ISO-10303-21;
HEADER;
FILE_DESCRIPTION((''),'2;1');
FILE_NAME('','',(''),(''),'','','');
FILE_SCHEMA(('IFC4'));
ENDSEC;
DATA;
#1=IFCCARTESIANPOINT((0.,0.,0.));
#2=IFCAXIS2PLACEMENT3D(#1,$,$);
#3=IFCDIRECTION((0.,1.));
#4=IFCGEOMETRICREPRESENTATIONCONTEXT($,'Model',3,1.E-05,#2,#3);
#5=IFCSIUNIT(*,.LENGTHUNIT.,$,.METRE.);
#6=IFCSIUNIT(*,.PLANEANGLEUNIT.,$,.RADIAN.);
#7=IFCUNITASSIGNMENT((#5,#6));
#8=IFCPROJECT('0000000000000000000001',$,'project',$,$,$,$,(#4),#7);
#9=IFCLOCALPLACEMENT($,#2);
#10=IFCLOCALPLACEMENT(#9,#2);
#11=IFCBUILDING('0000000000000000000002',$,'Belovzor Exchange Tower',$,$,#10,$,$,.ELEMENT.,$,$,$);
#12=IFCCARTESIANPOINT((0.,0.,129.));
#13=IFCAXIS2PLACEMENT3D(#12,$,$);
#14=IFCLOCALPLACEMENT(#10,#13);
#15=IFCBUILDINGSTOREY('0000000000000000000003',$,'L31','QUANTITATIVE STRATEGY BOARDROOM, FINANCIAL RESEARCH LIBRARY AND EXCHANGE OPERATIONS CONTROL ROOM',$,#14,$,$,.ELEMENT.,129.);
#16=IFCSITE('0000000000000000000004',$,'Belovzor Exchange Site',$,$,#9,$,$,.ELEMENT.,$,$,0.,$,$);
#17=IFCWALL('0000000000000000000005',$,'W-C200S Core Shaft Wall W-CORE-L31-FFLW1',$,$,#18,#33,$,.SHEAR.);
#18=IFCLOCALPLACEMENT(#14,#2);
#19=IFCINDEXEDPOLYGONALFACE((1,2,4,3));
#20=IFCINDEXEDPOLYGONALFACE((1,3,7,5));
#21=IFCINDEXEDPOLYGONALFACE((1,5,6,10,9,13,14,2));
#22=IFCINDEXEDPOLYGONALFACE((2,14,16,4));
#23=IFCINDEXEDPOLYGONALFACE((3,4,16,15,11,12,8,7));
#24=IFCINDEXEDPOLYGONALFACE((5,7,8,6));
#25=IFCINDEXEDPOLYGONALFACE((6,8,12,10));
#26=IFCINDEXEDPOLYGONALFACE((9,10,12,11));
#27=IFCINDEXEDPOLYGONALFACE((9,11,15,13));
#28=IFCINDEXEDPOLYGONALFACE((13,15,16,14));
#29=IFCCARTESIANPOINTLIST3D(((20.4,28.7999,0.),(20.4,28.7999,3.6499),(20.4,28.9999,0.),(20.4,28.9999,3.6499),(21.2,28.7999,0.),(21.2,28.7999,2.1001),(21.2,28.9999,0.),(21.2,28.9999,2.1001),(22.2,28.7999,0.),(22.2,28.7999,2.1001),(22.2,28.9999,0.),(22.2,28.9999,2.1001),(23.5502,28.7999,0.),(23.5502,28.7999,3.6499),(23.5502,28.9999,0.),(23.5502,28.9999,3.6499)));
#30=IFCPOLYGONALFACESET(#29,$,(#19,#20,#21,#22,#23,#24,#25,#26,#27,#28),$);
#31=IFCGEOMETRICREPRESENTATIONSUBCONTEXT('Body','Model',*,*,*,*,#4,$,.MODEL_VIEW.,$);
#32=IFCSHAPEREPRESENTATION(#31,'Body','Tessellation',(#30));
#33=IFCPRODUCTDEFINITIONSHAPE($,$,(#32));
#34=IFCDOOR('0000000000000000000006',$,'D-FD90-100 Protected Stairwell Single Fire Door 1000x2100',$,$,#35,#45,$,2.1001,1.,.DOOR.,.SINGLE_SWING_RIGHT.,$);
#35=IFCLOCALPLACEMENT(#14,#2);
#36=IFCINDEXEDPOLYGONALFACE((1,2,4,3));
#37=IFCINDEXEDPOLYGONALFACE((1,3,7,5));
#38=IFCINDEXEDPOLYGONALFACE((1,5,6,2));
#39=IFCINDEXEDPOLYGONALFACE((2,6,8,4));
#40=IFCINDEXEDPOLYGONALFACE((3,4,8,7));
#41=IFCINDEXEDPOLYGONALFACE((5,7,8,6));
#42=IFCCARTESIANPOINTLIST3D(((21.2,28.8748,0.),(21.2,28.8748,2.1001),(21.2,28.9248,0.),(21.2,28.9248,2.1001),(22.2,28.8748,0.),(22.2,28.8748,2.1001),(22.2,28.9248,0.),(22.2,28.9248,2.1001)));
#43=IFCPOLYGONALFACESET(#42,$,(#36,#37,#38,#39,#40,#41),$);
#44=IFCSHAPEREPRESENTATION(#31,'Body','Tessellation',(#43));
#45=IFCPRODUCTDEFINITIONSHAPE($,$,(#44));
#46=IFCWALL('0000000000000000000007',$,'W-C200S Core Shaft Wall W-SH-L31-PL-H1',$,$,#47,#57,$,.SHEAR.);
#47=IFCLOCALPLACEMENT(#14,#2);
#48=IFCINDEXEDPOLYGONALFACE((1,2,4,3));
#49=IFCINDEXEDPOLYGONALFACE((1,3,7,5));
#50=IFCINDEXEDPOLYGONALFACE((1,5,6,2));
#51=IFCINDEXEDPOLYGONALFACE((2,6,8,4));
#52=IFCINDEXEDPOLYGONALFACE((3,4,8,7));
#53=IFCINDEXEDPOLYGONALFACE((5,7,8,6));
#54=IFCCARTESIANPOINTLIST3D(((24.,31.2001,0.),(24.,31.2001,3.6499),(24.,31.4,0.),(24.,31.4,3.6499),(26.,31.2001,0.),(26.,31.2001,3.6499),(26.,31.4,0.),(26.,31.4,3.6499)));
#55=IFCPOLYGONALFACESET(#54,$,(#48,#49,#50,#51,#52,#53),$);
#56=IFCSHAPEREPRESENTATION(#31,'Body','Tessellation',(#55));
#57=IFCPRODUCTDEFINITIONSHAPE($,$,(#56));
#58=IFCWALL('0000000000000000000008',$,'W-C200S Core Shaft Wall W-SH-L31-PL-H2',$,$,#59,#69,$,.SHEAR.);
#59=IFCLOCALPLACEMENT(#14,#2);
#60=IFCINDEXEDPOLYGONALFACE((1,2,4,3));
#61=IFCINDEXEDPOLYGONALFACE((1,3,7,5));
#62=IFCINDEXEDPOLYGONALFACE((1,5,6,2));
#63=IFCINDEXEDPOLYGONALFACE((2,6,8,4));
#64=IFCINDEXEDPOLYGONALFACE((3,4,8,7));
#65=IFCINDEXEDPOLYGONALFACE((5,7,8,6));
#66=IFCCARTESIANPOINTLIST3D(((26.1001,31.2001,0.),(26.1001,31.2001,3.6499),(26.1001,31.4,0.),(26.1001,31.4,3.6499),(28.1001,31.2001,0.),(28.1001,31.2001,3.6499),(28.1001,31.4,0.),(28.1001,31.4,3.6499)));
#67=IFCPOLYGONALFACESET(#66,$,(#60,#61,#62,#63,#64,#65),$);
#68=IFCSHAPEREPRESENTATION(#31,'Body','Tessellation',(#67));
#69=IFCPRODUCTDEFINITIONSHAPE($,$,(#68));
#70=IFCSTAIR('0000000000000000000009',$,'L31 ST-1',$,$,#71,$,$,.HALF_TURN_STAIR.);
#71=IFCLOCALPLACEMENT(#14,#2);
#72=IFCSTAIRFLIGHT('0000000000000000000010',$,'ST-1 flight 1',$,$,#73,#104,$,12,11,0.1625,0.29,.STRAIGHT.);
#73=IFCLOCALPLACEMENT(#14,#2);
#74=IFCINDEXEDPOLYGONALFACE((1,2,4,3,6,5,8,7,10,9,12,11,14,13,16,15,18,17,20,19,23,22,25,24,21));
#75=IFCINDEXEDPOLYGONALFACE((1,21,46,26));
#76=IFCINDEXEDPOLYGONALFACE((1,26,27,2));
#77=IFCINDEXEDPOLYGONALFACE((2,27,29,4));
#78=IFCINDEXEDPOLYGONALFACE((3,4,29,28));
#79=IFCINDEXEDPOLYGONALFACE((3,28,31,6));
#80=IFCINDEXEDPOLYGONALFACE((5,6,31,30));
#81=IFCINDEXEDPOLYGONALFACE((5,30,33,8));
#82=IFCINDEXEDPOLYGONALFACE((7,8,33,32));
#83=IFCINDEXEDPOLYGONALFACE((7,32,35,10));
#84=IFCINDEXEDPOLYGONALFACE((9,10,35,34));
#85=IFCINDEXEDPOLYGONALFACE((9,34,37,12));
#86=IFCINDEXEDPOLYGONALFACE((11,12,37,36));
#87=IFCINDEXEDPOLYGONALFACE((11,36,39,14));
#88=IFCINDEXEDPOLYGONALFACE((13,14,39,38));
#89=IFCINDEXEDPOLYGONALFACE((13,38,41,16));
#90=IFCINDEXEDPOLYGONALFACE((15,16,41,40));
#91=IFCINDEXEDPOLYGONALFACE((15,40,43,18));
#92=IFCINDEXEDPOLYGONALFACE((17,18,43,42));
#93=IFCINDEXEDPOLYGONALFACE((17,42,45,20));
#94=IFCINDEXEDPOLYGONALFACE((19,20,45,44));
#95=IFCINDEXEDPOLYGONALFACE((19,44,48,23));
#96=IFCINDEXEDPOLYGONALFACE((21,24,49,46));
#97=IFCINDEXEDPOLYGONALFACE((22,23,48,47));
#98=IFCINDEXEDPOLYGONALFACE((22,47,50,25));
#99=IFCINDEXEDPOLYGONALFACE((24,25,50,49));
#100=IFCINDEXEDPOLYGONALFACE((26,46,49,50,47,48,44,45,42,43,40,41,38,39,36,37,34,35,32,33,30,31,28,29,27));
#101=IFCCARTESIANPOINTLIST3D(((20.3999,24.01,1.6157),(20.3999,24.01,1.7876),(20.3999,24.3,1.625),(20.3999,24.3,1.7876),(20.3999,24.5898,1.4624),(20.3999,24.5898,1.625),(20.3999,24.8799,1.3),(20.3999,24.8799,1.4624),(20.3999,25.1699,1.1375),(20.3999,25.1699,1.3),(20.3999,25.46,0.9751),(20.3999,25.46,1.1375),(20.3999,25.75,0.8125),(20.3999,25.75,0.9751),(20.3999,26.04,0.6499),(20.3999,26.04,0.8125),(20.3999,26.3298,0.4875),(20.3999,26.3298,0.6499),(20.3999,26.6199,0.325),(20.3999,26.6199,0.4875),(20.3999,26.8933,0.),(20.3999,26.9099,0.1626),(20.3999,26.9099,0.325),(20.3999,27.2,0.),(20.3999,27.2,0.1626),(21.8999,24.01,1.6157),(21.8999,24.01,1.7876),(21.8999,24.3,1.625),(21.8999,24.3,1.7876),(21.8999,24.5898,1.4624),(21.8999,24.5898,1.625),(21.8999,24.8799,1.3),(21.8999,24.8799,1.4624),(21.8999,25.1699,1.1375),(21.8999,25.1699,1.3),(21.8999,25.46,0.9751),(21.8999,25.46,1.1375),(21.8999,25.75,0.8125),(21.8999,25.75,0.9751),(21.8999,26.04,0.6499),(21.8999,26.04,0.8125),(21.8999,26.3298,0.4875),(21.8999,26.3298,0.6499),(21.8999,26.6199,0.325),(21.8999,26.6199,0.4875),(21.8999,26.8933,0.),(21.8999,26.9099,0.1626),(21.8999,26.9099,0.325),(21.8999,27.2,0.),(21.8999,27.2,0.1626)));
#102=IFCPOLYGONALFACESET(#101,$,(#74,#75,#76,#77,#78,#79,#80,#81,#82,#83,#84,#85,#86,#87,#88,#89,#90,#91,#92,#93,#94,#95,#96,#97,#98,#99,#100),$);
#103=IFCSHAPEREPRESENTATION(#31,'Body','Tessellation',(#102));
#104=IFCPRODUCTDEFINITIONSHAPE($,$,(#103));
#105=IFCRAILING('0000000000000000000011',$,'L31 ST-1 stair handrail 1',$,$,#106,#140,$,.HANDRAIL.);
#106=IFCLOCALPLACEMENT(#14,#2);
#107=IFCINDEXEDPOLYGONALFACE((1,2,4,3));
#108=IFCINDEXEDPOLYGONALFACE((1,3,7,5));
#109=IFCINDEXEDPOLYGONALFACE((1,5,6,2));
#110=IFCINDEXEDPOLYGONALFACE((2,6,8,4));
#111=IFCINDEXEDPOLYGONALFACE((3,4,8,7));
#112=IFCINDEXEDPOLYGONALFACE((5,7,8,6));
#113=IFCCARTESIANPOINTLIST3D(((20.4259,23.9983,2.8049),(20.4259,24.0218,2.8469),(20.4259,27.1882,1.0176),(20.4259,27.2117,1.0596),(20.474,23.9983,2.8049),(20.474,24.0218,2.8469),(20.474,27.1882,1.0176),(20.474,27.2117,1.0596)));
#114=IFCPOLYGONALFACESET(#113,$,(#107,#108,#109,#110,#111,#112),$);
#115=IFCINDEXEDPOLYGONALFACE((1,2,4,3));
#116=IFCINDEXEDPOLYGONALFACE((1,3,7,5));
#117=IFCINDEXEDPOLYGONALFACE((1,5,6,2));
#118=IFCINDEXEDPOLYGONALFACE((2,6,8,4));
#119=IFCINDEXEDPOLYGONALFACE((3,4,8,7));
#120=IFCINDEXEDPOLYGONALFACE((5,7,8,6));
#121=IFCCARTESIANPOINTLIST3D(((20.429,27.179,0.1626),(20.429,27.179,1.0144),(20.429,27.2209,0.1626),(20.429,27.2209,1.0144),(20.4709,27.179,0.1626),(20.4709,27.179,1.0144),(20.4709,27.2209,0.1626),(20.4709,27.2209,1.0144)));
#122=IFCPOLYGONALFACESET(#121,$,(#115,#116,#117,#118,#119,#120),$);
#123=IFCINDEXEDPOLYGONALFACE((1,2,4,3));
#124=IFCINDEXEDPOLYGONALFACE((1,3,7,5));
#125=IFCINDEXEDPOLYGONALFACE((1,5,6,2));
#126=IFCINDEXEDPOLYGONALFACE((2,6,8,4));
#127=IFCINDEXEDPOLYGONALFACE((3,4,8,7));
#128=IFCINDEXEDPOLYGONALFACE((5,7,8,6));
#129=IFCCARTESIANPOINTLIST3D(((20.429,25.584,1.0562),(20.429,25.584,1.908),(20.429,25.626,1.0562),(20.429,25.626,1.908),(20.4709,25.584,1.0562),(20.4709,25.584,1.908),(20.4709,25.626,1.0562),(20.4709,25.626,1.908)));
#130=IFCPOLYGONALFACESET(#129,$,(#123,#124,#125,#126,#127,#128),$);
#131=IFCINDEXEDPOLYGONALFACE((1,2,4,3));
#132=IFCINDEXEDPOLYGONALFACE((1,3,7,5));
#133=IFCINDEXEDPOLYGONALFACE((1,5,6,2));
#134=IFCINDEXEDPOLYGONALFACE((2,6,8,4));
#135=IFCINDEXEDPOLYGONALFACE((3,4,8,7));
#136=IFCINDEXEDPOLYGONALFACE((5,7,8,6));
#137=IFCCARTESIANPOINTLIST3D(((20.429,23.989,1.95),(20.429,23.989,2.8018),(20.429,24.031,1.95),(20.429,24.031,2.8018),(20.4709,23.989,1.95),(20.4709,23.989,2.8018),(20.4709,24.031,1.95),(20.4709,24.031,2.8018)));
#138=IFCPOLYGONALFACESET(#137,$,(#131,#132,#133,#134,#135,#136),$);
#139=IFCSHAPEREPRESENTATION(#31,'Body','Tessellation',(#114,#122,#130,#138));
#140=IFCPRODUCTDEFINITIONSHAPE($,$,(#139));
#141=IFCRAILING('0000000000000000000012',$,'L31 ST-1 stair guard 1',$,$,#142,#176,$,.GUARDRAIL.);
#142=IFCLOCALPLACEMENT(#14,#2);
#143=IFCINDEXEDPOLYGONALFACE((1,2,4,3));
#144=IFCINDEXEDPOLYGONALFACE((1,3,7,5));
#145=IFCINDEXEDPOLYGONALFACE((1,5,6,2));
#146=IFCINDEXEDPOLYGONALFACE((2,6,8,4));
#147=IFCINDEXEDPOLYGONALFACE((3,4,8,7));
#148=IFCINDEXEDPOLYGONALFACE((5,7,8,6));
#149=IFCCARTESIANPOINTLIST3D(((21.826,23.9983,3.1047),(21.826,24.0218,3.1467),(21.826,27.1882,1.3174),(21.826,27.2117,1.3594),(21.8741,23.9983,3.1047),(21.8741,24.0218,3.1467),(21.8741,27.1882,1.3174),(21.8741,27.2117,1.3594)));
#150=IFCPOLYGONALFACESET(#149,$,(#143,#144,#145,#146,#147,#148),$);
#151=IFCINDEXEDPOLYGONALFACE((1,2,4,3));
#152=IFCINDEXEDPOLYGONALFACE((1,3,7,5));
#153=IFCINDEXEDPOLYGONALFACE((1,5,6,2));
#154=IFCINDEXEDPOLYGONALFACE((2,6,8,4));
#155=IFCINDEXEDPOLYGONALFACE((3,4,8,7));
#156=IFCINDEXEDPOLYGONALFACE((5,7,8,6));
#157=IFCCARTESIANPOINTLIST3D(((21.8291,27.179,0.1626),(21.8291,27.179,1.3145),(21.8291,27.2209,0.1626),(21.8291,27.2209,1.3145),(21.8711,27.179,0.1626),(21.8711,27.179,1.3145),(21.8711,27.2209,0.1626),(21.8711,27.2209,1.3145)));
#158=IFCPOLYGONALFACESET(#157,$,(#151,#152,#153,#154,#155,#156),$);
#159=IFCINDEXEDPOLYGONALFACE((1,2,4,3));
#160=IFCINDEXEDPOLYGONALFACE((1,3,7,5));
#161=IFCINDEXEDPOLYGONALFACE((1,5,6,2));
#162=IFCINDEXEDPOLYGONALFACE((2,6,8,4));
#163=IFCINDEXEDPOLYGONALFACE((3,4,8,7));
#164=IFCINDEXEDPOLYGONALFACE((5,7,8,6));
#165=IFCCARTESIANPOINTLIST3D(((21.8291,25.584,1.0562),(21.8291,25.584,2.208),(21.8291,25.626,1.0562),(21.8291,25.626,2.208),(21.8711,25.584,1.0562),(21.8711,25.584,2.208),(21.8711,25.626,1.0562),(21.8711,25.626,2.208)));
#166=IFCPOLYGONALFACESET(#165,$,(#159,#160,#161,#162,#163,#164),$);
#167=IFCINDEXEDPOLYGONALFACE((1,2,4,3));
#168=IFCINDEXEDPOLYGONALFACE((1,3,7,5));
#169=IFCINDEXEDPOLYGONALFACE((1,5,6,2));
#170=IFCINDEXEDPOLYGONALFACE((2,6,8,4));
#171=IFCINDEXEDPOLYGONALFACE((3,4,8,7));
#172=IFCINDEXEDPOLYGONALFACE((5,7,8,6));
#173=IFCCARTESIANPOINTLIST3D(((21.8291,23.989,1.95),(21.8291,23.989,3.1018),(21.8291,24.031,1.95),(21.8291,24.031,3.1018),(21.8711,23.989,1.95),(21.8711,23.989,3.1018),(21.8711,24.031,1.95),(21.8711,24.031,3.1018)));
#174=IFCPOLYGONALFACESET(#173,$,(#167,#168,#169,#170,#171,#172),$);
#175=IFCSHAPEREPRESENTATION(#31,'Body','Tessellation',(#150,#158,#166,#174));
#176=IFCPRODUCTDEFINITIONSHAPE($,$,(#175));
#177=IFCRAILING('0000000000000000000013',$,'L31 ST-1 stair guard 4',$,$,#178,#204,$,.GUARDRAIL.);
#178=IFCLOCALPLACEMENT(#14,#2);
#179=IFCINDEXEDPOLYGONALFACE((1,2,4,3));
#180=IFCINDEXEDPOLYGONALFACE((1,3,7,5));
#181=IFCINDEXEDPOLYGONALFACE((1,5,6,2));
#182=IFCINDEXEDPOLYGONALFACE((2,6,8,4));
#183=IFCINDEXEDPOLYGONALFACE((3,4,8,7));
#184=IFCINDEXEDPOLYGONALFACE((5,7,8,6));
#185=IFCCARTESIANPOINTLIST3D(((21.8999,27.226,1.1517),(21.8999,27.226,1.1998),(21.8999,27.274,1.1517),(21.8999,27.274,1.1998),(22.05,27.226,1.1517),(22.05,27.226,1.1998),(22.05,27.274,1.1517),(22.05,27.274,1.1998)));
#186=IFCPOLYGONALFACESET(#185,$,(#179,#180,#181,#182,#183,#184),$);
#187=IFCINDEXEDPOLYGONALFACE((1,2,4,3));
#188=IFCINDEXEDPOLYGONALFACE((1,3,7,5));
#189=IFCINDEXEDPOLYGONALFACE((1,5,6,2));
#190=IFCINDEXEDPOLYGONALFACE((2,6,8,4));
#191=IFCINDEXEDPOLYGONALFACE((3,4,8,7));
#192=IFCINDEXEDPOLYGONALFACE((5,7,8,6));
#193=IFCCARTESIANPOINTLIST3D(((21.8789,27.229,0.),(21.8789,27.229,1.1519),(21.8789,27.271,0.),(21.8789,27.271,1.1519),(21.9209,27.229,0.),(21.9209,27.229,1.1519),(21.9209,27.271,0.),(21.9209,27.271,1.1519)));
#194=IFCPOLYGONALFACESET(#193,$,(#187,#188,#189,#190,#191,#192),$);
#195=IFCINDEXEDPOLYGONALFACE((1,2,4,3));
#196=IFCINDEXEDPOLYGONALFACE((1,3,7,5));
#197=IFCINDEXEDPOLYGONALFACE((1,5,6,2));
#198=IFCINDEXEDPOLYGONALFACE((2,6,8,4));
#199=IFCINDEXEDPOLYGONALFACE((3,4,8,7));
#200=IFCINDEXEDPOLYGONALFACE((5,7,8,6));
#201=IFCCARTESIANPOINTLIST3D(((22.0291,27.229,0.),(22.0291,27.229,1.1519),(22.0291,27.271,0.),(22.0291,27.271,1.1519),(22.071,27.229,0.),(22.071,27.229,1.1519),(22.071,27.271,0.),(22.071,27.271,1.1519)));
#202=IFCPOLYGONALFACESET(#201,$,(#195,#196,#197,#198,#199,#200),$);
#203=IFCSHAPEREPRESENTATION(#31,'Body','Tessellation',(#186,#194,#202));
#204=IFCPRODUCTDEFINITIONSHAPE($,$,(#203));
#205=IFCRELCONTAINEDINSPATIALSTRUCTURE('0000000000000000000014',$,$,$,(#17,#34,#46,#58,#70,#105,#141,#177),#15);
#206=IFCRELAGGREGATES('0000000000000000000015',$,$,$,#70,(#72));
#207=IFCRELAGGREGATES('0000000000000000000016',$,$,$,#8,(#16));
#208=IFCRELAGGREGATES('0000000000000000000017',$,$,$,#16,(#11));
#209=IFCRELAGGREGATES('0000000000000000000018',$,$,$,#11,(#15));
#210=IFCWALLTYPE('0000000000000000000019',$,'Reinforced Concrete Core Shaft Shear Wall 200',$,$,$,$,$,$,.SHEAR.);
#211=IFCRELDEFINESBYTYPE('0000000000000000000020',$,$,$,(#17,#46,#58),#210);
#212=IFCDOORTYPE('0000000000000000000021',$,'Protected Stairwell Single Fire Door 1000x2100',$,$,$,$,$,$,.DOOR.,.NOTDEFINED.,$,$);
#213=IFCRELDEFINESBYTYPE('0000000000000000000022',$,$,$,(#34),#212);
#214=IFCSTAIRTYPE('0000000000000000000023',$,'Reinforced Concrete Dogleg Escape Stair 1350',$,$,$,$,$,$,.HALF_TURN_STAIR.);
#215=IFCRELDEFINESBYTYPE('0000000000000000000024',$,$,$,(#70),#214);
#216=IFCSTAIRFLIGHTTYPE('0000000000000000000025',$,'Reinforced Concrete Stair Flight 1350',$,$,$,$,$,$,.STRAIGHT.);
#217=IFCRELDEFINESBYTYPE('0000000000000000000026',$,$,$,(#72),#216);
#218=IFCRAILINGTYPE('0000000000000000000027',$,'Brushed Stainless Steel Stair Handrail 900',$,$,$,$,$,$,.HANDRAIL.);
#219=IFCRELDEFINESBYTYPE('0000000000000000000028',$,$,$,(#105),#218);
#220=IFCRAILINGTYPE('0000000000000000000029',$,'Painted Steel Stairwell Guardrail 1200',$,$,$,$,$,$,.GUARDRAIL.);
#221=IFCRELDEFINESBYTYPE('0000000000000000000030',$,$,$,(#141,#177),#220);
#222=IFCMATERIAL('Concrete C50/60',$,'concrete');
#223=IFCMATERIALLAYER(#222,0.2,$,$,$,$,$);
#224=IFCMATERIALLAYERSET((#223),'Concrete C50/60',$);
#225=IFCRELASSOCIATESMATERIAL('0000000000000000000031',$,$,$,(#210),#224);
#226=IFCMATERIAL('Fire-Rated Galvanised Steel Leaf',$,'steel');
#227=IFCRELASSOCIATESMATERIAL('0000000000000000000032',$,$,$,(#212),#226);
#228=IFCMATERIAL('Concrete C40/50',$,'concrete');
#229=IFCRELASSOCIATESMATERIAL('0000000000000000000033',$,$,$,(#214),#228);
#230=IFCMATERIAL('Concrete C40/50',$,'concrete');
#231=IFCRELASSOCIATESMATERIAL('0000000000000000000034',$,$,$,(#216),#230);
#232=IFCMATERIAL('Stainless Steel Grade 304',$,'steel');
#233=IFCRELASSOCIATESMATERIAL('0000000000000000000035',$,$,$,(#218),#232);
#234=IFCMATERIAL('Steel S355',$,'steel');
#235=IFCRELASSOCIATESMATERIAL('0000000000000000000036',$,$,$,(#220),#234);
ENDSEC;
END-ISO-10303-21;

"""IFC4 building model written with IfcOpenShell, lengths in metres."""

from ifc_helpers import new_model, si_unit, direction, frame, frame_2d, origin, origin_2d, place, context, subcontext, project, spatial, polyline, rectangle, outline, extrude, material, layer, layer_set, type_object, element, fill, aggregate, save


model = new_model("IFC4")

# Units and contexts
model_context = context("Model", 3, precision=1e-05, world=origin(), true_north=direction((0.0, 1.0)))
body_context = subcontext(model_context, "Body", "Model", "MODEL_VIEW")
ifc_project = project(units=[si_unit("LENGTHUNIT", "METRE"), si_unit("PLANEANGLEUNIT", "RADIAN")], contexts=[model_context])

# Site, building, storey
site_placement = place(None, origin())
site = spatial("IfcSite", under=ifc_project, at=site_placement, Name="Belovzor Exchange Site", CompositionType="ELEMENT", RefElevation=0.0)
building_placement = place(site_placement, origin())
building = spatial("IfcBuilding", under=site, at=building_placement, Name="Belovzor Exchange Tower", CompositionType="ELEMENT")
storey_placement = place(building_placement, frame((0.0, 0.0, 129.0)))
storey = spatial("IfcBuildingStorey", under=building, at=storey_placement, Name="L31", Description="QUANTITATIVE STRATEGY BOARDROOM, FINANCIAL RESEARCH LIBRARY AND EXCHANGE OPERATIONS CONTROL ROOM", CompositionType="ELEMENT", Elevation=129.0)

# Wall, opening, door
ifc_material_1 = material(Name="Concrete C50/60", Category="concrete")
ifc_layer_1 = layer(ifc_material_1, 0.2)
ifc_layer_set_1 = layer_set([ifc_layer_1], Name="Concrete C50/60")
wall_type_1 = type_object("IfcWallType", Name="Reinforced Concrete Core Shaft Shear Wall 200", PredefinedType="SHEAR", material=ifc_layer_set_1)
wall_1_placement = place(storey_placement, frame((20.3999, 28.8999, 0.0), z_axis=(0.0, 0.0, 1.0), x_axis=(1.0, 0.0, 0.0)))
wall_1 = element("IfcWall", 1, at=wall_1_placement, inside=storey, type_object=wall_type_1, Name="W-C200S Core Shaft Wall W-CORE-L31-FFLW1", PredefinedType="SHEAR", context=body_context, shape_type="SweptSolid", body=[
    extrude(rectangle(XDim=3.1501, YDim=0.2, at=frame_2d((1.5752, 0.0))), origin(), (0.0, 0.0, 1.0), 3.6499),
])
opening_1_placement = place(wall_1_placement, frame((0.8, 0.0, 0.0)))
opening_1 = element("IfcOpeningElement", 2, at=opening_1_placement, cuts=wall_1, PredefinedType="OPENING", context=body_context, shape_type="SweptSolid", body=[
    extrude(rectangle(XDim=1.0, YDim=2.1001, at=frame_2d((0.5, 1.05))), frame((0.0, 0.1099, 0.0), z_axis=(0.0, -1.0, 0.0), x_axis=(1.0, 0.0, 0.0)), (0.0, 0.0, 1.0), 0.22),
])
ifc_material_2 = material(Name="Fire-Rated Galvanised Steel Leaf", Category="steel")
door_type_1 = type_object("IfcDoorType", Name="Protected Stairwell Single Fire Door 1000x2100", OperationType="NOTDEFINED", PredefinedType="DOOR", material=ifc_material_2)
door_1_placement = place(opening_1_placement, origin())
door_1 = element("IfcDoor", 3, at=door_1_placement, inside=storey, type_object=door_type_1, Name="D-FD90-100 Protected Stairwell Single Fire Door 1000x2100", OperationType="SINGLE_SWING_RIGHT", OverallHeight=2.1001, OverallWidth=1.0, PredefinedType="DOOR", context=body_context, shape_type="SweptSolid", body=[
    extrude(rectangle(XDim=1.0, YDim=2.1001, at=frame_2d((0.5, 1.05))), frame((0.0, 0.0249, 0.0), z_axis=(0.0, -1.0, 0.0), x_axis=(1.0, 0.0, 0.0)), (0.0, 0.0, 1.0), 0.05),
])
fill(opening_1, door_1)

# Walls
for number, where, z_axis, x_axis, name in (
    (4, (24.0, 31.3, 0.0), (0.0, 0.0, 1.0), (1.0, 0.0, 0.0), "W-C200S Core Shaft Wall W-SH-L31-PL-H1"),
    (5, (26.1001, 31.3, 0.0), (0.0, 0.0, 1.0), (1.0, 0.0, 0.0), "W-C200S Core Shaft Wall W-SH-L31-PL-H2"),
):
    element("IfcWall", number, at=place(storey_placement, frame(where, z_axis=z_axis, x_axis=x_axis)), inside=storey, type_object=wall_type_1, Name=name, PredefinedType="SHEAR", context=body_context, shape_type="SweptSolid", body=[
        extrude(rectangle(XDim=2.0, YDim=0.2, at=frame_2d((1.0, 0.0))), origin(), (0.0, 0.0, 1.0), 3.6499),
    ])

# Stair, stair flight
ifc_material_3 = material(Name="Concrete C40/50", Category="concrete")
stair_type = type_object("IfcStairType", Name="Reinforced Concrete Dogleg Escape Stair 1350", PredefinedType="HALF_TURN_STAIR", material=ifc_material_3)
stair_placement = place(storey_placement, origin())
stair = element("IfcStair", 6, at=stair_placement, inside=storey, type_object=stair_type, Name="L31 ST-1", PredefinedType="HALF_TURN_STAIR")
ifc_material_4 = material(Name="Concrete C40/50", Category="concrete")
stair_flight_type = type_object("IfcStairFlightType", Name="Reinforced Concrete Stair Flight 1350", PredefinedType="STRAIGHT", material=ifc_material_4)
stair_flight_placement = place(storey_placement, frame((21.1499, 27.2, 0.0), z_axis=(0.0, 0.0, 1.0), x_axis=(0.0, -1.0, 0.0)))
stair_flight = element("IfcStairFlight", 7, at=stair_flight_placement, type_object=stair_flight_type, Name="ST-1 flight 1", NumberOfRisers=12, NumberOfTreads=11, PredefinedType="STRAIGHT", RiserHeight=0.1625, TreadLength=0.29, context=body_context, shape_type="SweptSolid", body=[
    extrude(outline(polyline([(0.0, 0.0), (0.0, 0.1626), (0.29, 0.1626), (0.29, 0.325), (0.5801, 0.325), (0.5801, 0.4875), (0.8701, 0.4875), (0.8701, 0.6499), (1.1599, 0.6499), (1.1599, 0.8125), (1.45, 0.8125), (1.45, 0.9751), (1.74, 0.9751), (1.74, 1.1375), (2.03, 1.1375), (2.03, 1.3), (2.3201, 1.3), (2.3201, 1.4624), (2.6101, 1.4624), (2.6101, 1.625), (2.8999, 1.625), (2.8999, 1.7876), (3.1899, 1.7876), (3.1899, 1.95), (3.1899, 1.6157), (0.3066, 0.0), (0.0, 0.0)])), frame((0.0, 0.75, 0.0), z_axis=(0.0, -1.0, 0.0), x_axis=(1.0, 0.0, 0.0)), (0.0, 0.0, 1.0), 1.5),
])
aggregate(stair, [stair_flight])

# Railings
ifc_material_5 = material(Name="Stainless Steel Grade 304", Category="steel")
railing_type_1 = type_object("IfcRailingType", Name="Brushed Stainless Steel Stair Handrail 900", PredefinedType="HANDRAIL", material=ifc_material_5)
railing_1_placement = place(storey_placement, frame((20.45, 27.2, 0.1626)))
element("IfcRailing", 8, at=railing_1_placement, inside=storey, type_object=railing_type_1, Name="L31 ST-1 stair handrail 1", PredefinedType="HANDRAIL", context=body_context, shape_type="SweptSolid", body=[
    extrude(rectangle(XDim=0.0481, YDim=0.0481, at=origin_2d()), frame((0.0, 0.0, 0.876), z_axis=(0.0, -0.872391, 0.488809), x_axis=(1.0, 0.0, 0.0)), (0.0, 0.0, 1.0), 3.6565),
    extrude(rectangle(XDim=0.042, YDim=0.042, at=origin_2d()), origin(), (0.0, 0.0, 1.0), 0.8518),
    extrude(rectangle(XDim=0.042, YDim=0.042, at=origin_2d()), frame((0.0, -1.595, 0.8936)), (0.0, 0.0, 1.0), 0.8518),
    extrude(rectangle(XDim=0.042, YDim=0.042, at=origin_2d()), frame((0.0, -3.1899, 1.7874)), (0.0, 0.0, 1.0), 0.8518),
])
ifc_material_6 = material(Name="Steel S355", Category="steel")
railing_type_2 = type_object("IfcRailingType", Name="Painted Steel Stairwell Guardrail 1200", PredefinedType="GUARDRAIL", material=ifc_material_6)
railing_2_placement = place(storey_placement, frame((21.8501, 27.2, 0.1626)))
element("IfcRailing", 9, at=railing_2_placement, inside=storey, type_object=railing_type_2, Name="L31 ST-1 stair guard 1", PredefinedType="GUARDRAIL", context=body_context, shape_type="SweptSolid", body=[
    extrude(rectangle(XDim=0.0481, YDim=0.0481, at=origin_2d()), frame((0.0, 0.0, 1.1758), z_axis=(0.0, -0.872391, 0.488809), x_axis=(1.0, 0.0, 0.0)), (0.0, 0.0, 1.0), 3.6565),
    extrude(rectangle(XDim=0.042, YDim=0.042, at=origin_2d()), origin(), (0.0, 0.0, 1.0), 1.1519),
    extrude(rectangle(XDim=0.042, YDim=0.042, at=origin_2d()), frame((0.0, -1.595, 0.8936)), (0.0, 0.0, 1.0), 1.1519),
    extrude(rectangle(XDim=0.042, YDim=0.042, at=origin_2d()), frame((0.0, -3.1899, 1.7874)), (0.0, 0.0, 1.0), 1.1519),
])
railing_3_placement = place(storey_placement, frame((21.8999, 27.25, 0.0)))
element("IfcRailing", 10, at=railing_3_placement, inside=storey, type_object=railing_type_2, Name="L31 ST-1 stair guard 4", PredefinedType="GUARDRAIL", context=body_context, shape_type="SweptSolid", body=[
    extrude(rectangle(XDim=0.0481, YDim=0.0481, at=origin_2d()), frame((0.0, 0.0, 1.1758), z_axis=(1.0, 0.0, 0.0), x_axis=(0.0, 1.0, 0.0)), (0.0, 0.0, 1.0), 0.1501),
    extrude(rectangle(XDim=0.042, YDim=0.042, at=origin_2d()), origin(), (0.0, 0.0, 1.0), 1.1519),
    extrude(rectangle(XDim=0.042, YDim=0.042, at=origin_2d()), frame((0.1501, 0.0, 0.0)), (0.0, 0.0, 1.0), 1.1519),
])

save(model, "model.ifc")
